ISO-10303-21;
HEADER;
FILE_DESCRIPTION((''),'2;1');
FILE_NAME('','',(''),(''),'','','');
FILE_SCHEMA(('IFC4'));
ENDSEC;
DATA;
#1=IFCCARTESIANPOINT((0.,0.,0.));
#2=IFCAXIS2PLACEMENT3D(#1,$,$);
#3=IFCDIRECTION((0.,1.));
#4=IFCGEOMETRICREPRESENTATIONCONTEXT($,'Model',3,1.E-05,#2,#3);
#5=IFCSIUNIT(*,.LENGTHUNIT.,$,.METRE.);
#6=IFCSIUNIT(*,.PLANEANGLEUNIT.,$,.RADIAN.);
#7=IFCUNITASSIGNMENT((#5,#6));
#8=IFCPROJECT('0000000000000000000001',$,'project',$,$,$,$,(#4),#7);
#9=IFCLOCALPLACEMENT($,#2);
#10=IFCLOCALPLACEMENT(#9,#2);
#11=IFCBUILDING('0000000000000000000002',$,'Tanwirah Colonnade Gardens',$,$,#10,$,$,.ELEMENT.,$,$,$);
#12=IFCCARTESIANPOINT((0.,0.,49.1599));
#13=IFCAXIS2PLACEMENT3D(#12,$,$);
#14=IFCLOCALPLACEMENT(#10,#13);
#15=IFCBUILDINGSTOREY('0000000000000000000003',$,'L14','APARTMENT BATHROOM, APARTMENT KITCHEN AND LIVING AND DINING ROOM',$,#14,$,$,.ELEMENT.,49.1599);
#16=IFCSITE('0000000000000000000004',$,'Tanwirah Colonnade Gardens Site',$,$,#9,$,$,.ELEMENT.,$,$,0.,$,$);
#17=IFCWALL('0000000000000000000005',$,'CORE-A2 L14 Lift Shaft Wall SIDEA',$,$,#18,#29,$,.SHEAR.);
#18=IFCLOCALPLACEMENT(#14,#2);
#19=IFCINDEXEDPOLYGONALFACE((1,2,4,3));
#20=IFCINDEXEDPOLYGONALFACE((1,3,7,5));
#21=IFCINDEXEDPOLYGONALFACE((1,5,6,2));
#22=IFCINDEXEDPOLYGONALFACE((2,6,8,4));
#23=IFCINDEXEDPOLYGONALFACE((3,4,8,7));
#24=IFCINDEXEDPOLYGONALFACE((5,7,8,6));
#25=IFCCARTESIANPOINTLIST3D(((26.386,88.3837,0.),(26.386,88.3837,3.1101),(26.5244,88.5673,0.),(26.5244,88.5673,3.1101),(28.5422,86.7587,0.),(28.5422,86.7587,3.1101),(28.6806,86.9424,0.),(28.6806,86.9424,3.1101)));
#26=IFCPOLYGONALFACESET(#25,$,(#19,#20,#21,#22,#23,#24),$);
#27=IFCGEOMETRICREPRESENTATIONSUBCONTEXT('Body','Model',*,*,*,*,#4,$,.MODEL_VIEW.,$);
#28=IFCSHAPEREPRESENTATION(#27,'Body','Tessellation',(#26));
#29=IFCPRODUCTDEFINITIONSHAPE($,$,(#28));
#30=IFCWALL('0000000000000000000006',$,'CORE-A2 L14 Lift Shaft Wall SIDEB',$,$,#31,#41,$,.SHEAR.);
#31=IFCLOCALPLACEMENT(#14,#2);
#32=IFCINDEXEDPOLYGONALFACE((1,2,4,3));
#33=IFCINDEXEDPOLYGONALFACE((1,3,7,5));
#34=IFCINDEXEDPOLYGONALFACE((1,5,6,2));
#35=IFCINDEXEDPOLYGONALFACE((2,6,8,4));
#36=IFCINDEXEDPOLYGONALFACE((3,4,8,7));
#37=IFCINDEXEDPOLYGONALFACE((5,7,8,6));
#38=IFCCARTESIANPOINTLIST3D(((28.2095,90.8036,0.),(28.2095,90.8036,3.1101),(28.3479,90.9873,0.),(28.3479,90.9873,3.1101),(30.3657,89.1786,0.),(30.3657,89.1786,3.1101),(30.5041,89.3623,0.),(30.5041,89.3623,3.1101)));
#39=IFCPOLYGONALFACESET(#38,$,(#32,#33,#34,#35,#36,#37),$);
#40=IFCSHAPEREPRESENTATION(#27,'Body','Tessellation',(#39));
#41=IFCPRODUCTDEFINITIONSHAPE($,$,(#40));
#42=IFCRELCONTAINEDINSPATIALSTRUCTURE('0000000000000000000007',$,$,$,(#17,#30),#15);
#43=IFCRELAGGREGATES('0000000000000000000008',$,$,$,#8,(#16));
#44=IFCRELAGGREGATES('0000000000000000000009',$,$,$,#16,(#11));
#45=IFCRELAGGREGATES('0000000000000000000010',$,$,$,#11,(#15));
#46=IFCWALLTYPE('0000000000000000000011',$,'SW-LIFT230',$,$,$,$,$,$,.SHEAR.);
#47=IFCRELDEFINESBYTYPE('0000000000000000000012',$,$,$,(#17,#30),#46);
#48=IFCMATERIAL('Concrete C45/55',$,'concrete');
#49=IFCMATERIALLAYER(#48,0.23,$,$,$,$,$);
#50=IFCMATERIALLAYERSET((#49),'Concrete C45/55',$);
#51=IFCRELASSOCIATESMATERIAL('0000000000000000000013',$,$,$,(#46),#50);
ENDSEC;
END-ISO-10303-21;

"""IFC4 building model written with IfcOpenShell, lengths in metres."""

from ifc_helpers import new_model, si_unit, direction, frame, frame_2d, origin, place, context, subcontext, project, spatial, rectangle, extrude, material, layer, layer_set, type_object, element, save


model = new_model("IFC4")

# Units and contexts
model_context = context("Model", 3, precision=1e-05, world=origin(), true_north=direction((0.0, 1.0)))
body_context = subcontext(model_context, "Body", "Model", "MODEL_VIEW")
ifc_project = project(units=[si_unit("LENGTHUNIT", "METRE"), si_unit("PLANEANGLEUNIT", "RADIAN")], contexts=[model_context])

# Site, building, storey
site_placement = place(None, origin())
site = spatial("IfcSite", under=ifc_project, at=site_placement, Name="Tanwirah Colonnade Gardens Site", CompositionType="ELEMENT", RefElevation=0.0)
building_placement = place(site_placement, origin())
building = spatial("IfcBuilding", under=site, at=building_placement, Name="Tanwirah Colonnade Gardens", CompositionType="ELEMENT")
storey_placement = place(building_placement, frame((0.0, 0.0, 49.1599)))
storey = spatial("IfcBuildingStorey", under=building, at=storey_placement, Name="L14", Description="APARTMENT BATHROOM, APARTMENT KITCHEN AND LIVING AND DINING ROOM", CompositionType="ELEMENT", Elevation=49.1599)

# Shared definitions
ifc_material_1 = material(Name="Concrete C45/55", Category="concrete")

# Shared definitions
ifc_layer_1 = layer(ifc_material_1, 0.23)
ifc_layer_set_1 = layer_set([ifc_layer_1], Name="Concrete C45/55")
wall_type_1 = type_object("IfcWallType", Name="SW-LIFT230", PredefinedType="SHEAR", material=ifc_layer_set_1)

# Walls
for number, where, z_axis, x_axis, name in (
    (1, (26.4551, 88.4756, 0.0), (0.0, 0.0, 1.0), (0.798609, -0.60185, 0.0), "CORE-A2 L14 Lift Shaft Wall SIDEA"),
    (2, (28.2786, 90.8955, 0.0), (0.0, 0.0, 1.0), (0.798609, -0.60185, 0.0), "CORE-A2 L14 Lift Shaft Wall SIDEB"),
):
    element("IfcWall", number, at=place(storey_placement, frame(where, z_axis=z_axis, x_axis=x_axis)), inside=storey, type_object=wall_type_1, Name=name, PredefinedType="SHEAR", context=body_context, shape_type="SweptSolid", body=[
        extrude(rectangle(XDim=2.7, YDim=0.23, at=frame_2d((1.3501, 0.0))), origin(), (0.0, 0.0, 1.0), 3.1101),
    ])

save(model, "model.ifc")
